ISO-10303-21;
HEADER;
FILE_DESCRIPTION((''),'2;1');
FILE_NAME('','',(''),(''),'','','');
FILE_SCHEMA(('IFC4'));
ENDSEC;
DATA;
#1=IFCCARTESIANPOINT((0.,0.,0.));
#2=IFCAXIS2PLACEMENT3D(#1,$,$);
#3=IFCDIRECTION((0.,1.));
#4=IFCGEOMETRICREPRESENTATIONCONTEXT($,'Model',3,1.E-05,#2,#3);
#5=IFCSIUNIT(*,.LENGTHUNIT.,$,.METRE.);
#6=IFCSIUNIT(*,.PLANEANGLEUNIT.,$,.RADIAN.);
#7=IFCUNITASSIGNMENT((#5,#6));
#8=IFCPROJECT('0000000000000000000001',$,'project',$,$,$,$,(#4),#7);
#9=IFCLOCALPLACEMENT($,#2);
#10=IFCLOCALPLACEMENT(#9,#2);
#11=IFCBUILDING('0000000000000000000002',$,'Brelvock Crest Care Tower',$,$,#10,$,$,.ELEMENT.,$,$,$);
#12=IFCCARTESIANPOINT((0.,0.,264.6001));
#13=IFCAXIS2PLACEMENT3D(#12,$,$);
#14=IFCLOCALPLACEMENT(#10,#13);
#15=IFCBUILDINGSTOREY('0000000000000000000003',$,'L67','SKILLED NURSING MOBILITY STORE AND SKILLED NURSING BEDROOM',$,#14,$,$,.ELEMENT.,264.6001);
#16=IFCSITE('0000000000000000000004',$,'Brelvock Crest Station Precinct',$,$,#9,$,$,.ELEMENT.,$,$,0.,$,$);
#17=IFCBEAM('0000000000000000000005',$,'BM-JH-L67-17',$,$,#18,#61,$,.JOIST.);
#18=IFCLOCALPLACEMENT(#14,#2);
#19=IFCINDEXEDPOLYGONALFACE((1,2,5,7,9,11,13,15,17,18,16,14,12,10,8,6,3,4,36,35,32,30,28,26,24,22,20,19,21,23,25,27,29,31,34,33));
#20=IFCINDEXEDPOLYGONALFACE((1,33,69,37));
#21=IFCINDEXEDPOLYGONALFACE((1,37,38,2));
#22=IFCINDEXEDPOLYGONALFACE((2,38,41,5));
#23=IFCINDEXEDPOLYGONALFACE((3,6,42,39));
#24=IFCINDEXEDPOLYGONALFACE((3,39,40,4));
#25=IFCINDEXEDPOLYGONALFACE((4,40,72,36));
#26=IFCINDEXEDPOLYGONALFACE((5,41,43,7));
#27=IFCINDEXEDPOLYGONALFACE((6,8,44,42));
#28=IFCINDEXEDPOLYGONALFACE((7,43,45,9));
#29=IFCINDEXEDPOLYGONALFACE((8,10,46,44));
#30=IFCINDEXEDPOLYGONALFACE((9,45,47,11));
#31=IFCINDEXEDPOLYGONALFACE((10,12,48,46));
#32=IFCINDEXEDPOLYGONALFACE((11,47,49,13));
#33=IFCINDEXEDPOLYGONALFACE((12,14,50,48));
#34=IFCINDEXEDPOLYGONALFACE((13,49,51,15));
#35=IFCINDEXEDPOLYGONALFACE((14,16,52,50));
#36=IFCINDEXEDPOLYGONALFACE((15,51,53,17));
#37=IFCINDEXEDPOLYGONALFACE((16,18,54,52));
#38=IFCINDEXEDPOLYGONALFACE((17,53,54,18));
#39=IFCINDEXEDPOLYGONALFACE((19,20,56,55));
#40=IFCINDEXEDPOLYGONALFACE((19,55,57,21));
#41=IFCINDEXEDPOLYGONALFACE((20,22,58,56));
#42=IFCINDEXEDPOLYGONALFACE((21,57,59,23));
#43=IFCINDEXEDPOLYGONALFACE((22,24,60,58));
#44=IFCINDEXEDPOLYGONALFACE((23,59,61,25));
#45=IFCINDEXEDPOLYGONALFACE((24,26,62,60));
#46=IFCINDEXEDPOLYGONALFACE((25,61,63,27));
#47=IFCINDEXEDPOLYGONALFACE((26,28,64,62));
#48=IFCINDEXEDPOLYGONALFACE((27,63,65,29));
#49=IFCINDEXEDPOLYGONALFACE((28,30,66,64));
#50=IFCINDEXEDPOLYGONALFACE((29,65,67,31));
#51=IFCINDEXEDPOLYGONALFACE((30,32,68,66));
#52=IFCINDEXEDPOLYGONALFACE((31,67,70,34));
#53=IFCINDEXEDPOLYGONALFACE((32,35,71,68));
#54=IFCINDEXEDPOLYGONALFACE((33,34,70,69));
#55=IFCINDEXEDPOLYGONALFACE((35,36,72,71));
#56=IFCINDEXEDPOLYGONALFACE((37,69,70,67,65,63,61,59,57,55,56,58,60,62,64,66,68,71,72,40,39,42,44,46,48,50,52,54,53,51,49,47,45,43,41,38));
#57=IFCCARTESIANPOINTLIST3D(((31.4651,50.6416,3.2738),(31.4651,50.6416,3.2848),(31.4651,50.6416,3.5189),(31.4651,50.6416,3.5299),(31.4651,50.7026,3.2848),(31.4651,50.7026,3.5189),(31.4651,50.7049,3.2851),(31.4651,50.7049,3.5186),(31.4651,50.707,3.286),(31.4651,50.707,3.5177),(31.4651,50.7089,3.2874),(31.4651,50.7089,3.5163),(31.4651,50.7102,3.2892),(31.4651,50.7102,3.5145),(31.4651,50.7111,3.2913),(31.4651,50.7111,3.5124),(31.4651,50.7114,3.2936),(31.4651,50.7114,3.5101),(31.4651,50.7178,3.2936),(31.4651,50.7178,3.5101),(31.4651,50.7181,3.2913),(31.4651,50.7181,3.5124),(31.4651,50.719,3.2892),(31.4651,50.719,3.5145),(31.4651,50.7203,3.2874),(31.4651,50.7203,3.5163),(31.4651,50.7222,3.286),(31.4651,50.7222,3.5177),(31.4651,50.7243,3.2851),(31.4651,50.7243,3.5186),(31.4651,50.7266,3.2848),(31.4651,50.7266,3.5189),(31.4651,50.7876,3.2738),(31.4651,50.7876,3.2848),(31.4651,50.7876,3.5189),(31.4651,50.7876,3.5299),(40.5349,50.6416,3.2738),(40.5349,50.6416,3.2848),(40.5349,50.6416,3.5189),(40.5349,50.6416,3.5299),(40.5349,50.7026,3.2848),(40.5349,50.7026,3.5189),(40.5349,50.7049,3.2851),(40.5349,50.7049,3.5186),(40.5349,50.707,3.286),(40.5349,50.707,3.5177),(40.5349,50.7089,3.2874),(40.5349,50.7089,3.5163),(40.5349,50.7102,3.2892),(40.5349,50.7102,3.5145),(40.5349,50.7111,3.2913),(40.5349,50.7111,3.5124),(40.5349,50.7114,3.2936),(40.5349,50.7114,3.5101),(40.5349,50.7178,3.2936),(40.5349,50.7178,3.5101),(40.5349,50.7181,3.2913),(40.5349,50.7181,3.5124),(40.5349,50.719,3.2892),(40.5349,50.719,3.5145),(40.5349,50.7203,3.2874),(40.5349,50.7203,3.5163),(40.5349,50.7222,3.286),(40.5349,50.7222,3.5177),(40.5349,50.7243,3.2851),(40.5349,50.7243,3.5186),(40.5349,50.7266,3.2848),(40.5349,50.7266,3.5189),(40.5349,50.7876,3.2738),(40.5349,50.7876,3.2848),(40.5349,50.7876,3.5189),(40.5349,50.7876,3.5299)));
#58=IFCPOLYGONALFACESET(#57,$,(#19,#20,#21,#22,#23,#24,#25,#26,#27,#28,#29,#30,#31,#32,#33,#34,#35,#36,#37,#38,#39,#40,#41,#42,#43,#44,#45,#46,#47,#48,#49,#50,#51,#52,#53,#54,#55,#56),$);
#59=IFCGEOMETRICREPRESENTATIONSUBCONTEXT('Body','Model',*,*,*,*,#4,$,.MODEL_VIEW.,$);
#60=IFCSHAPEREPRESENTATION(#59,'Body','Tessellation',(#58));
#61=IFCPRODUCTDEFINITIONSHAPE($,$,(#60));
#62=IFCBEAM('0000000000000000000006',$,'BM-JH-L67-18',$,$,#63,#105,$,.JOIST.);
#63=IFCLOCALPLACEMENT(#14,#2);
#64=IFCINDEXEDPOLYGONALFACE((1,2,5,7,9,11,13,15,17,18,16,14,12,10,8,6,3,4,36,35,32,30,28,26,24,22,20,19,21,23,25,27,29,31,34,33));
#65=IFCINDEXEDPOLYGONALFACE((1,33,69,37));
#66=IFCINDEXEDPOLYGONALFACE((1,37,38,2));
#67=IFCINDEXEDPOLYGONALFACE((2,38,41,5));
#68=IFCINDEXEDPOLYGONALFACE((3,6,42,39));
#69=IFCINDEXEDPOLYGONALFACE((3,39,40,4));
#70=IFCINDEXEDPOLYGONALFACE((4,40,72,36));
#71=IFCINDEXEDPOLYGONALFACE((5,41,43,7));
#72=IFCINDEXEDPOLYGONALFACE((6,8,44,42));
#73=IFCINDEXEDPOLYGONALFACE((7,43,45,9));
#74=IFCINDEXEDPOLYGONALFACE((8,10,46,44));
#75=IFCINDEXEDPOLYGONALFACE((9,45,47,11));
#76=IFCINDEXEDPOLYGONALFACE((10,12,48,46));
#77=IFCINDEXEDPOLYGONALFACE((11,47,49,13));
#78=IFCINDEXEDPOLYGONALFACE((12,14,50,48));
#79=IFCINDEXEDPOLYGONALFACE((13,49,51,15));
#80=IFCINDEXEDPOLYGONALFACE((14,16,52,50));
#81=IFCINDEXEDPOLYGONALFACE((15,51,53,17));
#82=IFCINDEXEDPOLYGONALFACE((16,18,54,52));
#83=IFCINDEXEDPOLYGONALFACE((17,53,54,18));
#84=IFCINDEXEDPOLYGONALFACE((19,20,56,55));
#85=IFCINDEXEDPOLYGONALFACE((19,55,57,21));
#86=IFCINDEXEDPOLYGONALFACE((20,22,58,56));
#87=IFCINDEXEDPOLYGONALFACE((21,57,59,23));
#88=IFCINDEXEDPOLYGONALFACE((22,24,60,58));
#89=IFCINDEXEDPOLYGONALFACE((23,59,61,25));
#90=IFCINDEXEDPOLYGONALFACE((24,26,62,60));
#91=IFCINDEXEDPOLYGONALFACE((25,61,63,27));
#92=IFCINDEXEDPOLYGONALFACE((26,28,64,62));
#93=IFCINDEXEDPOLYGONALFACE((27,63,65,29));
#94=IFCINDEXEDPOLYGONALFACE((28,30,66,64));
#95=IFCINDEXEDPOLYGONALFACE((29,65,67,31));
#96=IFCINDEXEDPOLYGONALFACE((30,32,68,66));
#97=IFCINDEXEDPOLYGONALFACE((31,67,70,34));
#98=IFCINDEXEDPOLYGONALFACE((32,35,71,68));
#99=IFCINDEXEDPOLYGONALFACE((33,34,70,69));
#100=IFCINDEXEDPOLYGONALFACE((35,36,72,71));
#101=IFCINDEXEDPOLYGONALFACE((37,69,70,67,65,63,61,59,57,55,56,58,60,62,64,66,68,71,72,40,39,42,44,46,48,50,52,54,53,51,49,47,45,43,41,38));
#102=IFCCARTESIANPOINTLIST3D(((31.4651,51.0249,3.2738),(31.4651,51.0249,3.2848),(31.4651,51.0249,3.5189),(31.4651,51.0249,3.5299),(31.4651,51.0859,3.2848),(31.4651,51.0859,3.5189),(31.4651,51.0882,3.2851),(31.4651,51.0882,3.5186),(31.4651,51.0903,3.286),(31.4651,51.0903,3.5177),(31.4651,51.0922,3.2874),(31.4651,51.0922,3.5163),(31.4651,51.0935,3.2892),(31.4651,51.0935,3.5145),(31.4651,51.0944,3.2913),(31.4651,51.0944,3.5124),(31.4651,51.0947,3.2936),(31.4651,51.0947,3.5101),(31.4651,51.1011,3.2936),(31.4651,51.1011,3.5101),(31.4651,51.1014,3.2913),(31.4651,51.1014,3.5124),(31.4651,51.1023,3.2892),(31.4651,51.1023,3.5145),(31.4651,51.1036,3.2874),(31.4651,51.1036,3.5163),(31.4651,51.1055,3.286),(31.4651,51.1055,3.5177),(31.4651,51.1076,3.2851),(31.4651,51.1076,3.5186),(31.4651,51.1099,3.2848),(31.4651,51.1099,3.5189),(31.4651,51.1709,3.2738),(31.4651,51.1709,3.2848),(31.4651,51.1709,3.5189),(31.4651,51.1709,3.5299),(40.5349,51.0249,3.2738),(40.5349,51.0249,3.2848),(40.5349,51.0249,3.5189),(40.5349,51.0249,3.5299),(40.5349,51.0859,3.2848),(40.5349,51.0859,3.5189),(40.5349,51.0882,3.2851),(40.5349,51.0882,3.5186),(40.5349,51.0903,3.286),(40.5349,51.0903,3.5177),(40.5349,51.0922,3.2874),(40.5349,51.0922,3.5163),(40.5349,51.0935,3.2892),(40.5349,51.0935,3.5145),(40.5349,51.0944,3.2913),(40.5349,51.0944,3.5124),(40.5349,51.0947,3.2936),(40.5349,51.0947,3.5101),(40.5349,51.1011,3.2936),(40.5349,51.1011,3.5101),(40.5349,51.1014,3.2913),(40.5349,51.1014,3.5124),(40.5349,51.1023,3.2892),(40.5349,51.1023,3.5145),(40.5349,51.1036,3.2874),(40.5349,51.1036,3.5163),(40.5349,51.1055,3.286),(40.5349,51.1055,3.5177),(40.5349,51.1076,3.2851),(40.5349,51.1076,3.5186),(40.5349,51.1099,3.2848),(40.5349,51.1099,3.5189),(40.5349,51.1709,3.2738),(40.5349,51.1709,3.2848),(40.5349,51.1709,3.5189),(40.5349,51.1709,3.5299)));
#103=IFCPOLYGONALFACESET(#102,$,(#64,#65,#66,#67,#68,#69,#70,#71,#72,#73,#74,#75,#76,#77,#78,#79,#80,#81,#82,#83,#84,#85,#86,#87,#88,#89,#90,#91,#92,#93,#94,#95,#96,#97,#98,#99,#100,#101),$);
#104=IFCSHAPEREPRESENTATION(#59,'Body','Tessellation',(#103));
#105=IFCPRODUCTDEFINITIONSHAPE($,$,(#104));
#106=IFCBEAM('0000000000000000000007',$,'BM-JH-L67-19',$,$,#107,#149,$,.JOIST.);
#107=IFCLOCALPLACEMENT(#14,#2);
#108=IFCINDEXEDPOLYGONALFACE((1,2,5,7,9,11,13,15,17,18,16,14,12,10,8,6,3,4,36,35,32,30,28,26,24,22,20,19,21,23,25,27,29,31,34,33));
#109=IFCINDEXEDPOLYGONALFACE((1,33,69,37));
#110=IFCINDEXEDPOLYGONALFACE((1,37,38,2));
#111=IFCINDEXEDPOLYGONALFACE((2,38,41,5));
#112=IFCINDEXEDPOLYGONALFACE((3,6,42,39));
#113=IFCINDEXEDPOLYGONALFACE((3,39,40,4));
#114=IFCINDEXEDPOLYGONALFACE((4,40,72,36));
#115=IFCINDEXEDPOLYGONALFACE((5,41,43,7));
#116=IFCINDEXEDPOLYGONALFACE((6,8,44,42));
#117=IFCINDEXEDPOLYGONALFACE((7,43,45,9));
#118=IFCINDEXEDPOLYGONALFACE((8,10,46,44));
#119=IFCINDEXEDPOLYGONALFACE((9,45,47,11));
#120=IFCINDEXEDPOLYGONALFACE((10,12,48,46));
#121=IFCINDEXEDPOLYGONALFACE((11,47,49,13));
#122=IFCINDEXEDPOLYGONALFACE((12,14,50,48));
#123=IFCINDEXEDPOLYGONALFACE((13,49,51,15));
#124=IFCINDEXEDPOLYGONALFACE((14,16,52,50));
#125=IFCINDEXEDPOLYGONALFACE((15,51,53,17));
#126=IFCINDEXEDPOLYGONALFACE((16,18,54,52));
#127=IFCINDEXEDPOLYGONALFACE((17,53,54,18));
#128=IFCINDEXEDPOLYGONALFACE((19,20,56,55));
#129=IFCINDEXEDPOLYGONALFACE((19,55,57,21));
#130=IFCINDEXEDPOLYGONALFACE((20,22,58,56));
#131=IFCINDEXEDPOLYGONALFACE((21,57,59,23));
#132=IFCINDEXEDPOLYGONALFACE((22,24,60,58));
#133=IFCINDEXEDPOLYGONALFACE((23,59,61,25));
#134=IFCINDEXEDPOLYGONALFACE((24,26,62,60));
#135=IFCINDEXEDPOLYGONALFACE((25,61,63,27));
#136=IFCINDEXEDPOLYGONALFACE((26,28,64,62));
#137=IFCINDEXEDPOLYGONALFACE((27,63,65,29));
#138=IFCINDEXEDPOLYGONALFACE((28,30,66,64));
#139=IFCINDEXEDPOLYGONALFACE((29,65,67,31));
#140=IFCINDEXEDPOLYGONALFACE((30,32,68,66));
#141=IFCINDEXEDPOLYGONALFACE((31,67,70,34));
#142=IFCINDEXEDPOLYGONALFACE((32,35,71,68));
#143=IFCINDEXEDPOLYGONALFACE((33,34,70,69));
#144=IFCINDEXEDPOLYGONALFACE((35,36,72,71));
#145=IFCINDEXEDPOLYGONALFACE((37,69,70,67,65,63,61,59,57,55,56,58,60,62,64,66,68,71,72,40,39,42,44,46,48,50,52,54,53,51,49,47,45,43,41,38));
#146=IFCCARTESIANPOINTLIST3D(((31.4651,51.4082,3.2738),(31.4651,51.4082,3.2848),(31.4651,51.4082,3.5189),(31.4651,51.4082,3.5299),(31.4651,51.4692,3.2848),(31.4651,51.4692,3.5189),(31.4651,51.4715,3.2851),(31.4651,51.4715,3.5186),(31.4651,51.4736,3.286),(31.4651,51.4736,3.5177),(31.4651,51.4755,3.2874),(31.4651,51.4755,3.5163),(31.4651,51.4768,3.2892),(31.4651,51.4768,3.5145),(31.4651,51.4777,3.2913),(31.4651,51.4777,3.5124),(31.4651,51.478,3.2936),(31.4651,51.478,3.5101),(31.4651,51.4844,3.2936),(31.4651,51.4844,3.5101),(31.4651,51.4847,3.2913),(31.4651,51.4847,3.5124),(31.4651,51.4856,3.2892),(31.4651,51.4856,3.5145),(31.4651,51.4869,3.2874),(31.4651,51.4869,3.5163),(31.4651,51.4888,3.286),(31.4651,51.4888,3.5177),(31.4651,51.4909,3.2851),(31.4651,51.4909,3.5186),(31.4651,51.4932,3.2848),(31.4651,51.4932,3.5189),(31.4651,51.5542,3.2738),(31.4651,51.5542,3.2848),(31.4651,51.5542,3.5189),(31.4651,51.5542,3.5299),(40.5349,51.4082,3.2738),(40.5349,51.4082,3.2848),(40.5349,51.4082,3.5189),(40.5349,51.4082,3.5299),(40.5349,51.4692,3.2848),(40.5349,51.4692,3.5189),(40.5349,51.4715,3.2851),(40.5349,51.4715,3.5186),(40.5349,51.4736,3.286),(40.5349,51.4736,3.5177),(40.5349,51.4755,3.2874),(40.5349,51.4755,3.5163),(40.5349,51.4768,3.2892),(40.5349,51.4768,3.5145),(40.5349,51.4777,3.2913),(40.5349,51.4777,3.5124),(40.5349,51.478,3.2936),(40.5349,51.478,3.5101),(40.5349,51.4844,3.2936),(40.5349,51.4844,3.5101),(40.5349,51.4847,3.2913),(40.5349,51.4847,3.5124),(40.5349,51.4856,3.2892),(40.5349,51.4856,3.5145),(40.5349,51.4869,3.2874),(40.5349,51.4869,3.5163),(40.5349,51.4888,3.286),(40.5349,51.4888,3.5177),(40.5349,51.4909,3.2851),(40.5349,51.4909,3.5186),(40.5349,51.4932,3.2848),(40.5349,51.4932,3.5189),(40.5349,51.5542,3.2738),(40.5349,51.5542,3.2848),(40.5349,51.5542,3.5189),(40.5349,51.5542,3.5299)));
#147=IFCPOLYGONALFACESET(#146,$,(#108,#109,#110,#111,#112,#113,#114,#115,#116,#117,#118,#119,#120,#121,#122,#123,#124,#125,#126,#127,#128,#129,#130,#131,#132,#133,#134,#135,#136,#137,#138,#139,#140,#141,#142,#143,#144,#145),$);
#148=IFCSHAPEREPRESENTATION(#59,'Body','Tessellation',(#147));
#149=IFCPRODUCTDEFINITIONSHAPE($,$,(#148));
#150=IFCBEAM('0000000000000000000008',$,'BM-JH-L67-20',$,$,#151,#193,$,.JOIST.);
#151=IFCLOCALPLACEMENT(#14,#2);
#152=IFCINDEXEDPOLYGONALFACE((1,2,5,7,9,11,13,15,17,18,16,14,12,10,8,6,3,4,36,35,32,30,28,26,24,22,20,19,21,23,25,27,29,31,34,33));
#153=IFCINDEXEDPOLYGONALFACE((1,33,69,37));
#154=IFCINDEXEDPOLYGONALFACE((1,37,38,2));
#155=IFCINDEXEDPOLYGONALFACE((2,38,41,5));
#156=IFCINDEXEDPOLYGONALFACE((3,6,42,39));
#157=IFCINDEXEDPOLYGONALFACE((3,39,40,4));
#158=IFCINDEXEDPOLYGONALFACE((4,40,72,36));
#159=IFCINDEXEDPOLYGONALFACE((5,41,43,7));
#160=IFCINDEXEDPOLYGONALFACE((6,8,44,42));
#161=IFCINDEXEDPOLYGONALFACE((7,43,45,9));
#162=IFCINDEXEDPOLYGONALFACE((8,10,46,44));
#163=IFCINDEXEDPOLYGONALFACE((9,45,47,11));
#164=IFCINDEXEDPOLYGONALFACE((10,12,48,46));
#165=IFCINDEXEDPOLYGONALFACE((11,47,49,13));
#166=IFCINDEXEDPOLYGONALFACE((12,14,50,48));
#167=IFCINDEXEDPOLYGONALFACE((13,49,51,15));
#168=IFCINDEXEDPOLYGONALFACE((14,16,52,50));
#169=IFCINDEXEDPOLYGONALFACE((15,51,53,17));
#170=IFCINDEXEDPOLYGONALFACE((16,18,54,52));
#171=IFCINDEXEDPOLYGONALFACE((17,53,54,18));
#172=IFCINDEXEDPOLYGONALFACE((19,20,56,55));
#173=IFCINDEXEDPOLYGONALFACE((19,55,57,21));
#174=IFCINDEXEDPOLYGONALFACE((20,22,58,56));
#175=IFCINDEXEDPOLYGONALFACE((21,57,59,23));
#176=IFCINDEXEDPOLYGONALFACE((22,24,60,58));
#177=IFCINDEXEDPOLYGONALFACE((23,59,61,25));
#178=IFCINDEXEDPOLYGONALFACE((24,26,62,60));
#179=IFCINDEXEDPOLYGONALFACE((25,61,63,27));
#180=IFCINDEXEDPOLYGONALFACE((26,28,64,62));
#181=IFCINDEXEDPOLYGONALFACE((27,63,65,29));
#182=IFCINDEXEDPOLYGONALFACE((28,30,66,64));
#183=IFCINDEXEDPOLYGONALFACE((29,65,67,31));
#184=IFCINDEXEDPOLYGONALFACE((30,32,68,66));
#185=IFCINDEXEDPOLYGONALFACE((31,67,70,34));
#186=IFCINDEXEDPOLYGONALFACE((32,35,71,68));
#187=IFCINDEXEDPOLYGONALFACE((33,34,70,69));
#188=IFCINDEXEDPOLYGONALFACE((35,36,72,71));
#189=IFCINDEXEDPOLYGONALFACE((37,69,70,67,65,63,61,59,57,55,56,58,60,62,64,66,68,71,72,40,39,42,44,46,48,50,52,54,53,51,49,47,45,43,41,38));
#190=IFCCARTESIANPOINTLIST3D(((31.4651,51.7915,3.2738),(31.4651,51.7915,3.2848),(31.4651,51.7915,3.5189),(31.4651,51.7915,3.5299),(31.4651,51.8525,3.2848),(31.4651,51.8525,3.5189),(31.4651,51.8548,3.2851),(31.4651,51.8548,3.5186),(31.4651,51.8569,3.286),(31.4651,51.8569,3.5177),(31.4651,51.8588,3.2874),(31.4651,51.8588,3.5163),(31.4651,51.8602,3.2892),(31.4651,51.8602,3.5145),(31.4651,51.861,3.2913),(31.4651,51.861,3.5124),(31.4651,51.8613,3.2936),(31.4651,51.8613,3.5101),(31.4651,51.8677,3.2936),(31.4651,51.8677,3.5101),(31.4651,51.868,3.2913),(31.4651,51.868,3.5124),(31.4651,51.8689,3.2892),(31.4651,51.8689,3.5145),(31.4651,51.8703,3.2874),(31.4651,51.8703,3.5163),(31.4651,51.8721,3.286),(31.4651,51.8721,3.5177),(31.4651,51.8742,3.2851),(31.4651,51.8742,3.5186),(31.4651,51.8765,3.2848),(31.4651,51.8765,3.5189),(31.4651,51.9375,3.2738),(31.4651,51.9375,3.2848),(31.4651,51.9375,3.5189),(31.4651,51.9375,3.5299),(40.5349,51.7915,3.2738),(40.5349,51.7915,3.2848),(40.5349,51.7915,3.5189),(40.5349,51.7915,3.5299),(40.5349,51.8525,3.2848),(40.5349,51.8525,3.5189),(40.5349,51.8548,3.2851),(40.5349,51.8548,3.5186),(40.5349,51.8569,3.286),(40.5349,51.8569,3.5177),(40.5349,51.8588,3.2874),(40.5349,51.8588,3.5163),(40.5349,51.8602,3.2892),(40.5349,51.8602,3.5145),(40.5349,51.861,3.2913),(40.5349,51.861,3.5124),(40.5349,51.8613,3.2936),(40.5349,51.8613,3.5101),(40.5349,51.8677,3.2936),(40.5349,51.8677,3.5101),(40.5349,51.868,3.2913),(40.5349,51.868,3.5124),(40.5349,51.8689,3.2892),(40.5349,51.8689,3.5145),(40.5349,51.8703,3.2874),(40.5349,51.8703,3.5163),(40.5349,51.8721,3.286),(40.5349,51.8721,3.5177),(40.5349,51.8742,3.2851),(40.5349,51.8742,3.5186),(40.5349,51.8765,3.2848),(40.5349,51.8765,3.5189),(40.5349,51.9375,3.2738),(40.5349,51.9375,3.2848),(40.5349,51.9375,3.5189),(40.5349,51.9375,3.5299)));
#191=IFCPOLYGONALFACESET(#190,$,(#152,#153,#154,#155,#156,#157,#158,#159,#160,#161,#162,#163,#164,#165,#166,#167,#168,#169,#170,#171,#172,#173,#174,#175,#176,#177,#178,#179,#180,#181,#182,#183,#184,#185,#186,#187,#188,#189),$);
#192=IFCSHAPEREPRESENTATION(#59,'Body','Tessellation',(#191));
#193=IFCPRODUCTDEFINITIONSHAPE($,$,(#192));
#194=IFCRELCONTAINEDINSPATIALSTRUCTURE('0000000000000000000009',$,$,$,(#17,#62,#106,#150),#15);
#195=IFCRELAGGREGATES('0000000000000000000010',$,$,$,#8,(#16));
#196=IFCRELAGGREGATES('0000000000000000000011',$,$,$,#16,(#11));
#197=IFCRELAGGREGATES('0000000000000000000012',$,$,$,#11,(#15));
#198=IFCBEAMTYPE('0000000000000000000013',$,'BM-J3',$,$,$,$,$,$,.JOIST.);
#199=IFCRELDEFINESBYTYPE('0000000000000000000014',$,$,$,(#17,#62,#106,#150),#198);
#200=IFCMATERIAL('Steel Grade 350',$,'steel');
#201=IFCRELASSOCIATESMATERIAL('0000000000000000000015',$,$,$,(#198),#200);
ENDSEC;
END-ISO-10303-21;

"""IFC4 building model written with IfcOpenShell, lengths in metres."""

from ifc_helpers import new_model, si_unit, direction, frame, origin, origin_2d, place, context, subcontext, project, spatial, i_section, extrude, source, transform, mapped, material, material_profile, profile_set, type_object, element, save


model = new_model("IFC4")

# Units and contexts
model_context = context("Model", 3, precision=1e-05, world=origin(), true_north=direction((0.0, 1.0)))
body_context = subcontext(model_context, "Body", "Model", "MODEL_VIEW")
ifc_project = project(units=[si_unit("LENGTHUNIT", "METRE"), si_unit("PLANEANGLEUNIT", "RADIAN")], contexts=[model_context])

# Site, building, storey
site_placement = place(None, origin())
site = spatial("IfcSite", under=ifc_project, at=site_placement, Name="Brelvock Crest Station Precinct", CompositionType="ELEMENT", RefElevation=0.0)
building_placement = place(site_placement, origin())
building = spatial("IfcBuilding", under=site, at=building_placement, Name="Brelvock Crest Care Tower", CompositionType="ELEMENT")
storey_placement = place(building_placement, frame((0.0, 0.0, 264.6001)))
storey = spatial("IfcBuildingStorey", under=building, at=storey_placement, Name="L67", Description="SKILLED NURSING MOBILITY STORE AND SKILLED NURSING BEDROOM", CompositionType="ELEMENT", Elevation=264.6001)

# Beams
ifc_material_1 = material(Name="Steel Grade 350", Category="steel")
ifc_material_profile_1 = material_profile(ifc_material_1, i_section(OverallWidth=0.146, OverallDepth=0.2561, WebThickness=0.0063, FlangeThickness=0.011, FilletRadius=0.0088, at=origin_2d()), Name="250UB37.3")
ifc_profile_set_1 = profile_set([ifc_material_profile_1], Name="Steel Grade 350")
beam_type_1 = type_object("IfcBeamType", Name="BM-J3", PredefinedType="JOIST", material=ifc_profile_set_1)
shared_shape_1 = source(origin(), body_context, "Body", "SweptSolid", [
    extrude(i_section(OverallWidth=0.146, OverallDepth=0.2561, WebThickness=0.0063, FlangeThickness=0.011, FilletRadius=0.0088, at=origin_2d()), origin(), (0.0, 0.0, 1.0), 9.0698),
])
for number, where, z_axis, x_axis, name in (
    (1, (31.4651, 50.7146, 3.4019), (1.0, 0.0, 0.0), (0.0, 1.0, 0.0), "BM-JH-L67-17"),
    (2, (31.4651, 51.0979, 3.4019), (1.0, 0.0, 0.0), (0.0, 1.0, 0.0), "BM-JH-L67-18"),
    (3, (31.4651, 51.4812, 3.4019), (1.0, 0.0, 0.0), (0.0, 1.0, 0.0), "BM-JH-L67-19"),
    (4, (31.4651, 51.8645, 3.4019), (1.0, 0.0, 0.0), (0.0, 1.0, 0.0), "BM-JH-L67-20"),
):
    element("IfcBeam", number, at=place(storey_placement, frame(where, z_axis=z_axis, x_axis=x_axis)), inside=storey, type_object=beam_type_1, Name=name, PredefinedType="JOIST", context=body_context, shape_type="MappedRepresentation", body=[
        mapped(shared_shape_1, transform((0.0, 0.0, 0.0), x_axis=(1.0, 0.0, 0.0), y_axis=(0.0, 1.0, 0.0), z_axis=(0.0, 0.0, 1.0), scale=1.0)),
    ])

save(model, "model.ifc")
